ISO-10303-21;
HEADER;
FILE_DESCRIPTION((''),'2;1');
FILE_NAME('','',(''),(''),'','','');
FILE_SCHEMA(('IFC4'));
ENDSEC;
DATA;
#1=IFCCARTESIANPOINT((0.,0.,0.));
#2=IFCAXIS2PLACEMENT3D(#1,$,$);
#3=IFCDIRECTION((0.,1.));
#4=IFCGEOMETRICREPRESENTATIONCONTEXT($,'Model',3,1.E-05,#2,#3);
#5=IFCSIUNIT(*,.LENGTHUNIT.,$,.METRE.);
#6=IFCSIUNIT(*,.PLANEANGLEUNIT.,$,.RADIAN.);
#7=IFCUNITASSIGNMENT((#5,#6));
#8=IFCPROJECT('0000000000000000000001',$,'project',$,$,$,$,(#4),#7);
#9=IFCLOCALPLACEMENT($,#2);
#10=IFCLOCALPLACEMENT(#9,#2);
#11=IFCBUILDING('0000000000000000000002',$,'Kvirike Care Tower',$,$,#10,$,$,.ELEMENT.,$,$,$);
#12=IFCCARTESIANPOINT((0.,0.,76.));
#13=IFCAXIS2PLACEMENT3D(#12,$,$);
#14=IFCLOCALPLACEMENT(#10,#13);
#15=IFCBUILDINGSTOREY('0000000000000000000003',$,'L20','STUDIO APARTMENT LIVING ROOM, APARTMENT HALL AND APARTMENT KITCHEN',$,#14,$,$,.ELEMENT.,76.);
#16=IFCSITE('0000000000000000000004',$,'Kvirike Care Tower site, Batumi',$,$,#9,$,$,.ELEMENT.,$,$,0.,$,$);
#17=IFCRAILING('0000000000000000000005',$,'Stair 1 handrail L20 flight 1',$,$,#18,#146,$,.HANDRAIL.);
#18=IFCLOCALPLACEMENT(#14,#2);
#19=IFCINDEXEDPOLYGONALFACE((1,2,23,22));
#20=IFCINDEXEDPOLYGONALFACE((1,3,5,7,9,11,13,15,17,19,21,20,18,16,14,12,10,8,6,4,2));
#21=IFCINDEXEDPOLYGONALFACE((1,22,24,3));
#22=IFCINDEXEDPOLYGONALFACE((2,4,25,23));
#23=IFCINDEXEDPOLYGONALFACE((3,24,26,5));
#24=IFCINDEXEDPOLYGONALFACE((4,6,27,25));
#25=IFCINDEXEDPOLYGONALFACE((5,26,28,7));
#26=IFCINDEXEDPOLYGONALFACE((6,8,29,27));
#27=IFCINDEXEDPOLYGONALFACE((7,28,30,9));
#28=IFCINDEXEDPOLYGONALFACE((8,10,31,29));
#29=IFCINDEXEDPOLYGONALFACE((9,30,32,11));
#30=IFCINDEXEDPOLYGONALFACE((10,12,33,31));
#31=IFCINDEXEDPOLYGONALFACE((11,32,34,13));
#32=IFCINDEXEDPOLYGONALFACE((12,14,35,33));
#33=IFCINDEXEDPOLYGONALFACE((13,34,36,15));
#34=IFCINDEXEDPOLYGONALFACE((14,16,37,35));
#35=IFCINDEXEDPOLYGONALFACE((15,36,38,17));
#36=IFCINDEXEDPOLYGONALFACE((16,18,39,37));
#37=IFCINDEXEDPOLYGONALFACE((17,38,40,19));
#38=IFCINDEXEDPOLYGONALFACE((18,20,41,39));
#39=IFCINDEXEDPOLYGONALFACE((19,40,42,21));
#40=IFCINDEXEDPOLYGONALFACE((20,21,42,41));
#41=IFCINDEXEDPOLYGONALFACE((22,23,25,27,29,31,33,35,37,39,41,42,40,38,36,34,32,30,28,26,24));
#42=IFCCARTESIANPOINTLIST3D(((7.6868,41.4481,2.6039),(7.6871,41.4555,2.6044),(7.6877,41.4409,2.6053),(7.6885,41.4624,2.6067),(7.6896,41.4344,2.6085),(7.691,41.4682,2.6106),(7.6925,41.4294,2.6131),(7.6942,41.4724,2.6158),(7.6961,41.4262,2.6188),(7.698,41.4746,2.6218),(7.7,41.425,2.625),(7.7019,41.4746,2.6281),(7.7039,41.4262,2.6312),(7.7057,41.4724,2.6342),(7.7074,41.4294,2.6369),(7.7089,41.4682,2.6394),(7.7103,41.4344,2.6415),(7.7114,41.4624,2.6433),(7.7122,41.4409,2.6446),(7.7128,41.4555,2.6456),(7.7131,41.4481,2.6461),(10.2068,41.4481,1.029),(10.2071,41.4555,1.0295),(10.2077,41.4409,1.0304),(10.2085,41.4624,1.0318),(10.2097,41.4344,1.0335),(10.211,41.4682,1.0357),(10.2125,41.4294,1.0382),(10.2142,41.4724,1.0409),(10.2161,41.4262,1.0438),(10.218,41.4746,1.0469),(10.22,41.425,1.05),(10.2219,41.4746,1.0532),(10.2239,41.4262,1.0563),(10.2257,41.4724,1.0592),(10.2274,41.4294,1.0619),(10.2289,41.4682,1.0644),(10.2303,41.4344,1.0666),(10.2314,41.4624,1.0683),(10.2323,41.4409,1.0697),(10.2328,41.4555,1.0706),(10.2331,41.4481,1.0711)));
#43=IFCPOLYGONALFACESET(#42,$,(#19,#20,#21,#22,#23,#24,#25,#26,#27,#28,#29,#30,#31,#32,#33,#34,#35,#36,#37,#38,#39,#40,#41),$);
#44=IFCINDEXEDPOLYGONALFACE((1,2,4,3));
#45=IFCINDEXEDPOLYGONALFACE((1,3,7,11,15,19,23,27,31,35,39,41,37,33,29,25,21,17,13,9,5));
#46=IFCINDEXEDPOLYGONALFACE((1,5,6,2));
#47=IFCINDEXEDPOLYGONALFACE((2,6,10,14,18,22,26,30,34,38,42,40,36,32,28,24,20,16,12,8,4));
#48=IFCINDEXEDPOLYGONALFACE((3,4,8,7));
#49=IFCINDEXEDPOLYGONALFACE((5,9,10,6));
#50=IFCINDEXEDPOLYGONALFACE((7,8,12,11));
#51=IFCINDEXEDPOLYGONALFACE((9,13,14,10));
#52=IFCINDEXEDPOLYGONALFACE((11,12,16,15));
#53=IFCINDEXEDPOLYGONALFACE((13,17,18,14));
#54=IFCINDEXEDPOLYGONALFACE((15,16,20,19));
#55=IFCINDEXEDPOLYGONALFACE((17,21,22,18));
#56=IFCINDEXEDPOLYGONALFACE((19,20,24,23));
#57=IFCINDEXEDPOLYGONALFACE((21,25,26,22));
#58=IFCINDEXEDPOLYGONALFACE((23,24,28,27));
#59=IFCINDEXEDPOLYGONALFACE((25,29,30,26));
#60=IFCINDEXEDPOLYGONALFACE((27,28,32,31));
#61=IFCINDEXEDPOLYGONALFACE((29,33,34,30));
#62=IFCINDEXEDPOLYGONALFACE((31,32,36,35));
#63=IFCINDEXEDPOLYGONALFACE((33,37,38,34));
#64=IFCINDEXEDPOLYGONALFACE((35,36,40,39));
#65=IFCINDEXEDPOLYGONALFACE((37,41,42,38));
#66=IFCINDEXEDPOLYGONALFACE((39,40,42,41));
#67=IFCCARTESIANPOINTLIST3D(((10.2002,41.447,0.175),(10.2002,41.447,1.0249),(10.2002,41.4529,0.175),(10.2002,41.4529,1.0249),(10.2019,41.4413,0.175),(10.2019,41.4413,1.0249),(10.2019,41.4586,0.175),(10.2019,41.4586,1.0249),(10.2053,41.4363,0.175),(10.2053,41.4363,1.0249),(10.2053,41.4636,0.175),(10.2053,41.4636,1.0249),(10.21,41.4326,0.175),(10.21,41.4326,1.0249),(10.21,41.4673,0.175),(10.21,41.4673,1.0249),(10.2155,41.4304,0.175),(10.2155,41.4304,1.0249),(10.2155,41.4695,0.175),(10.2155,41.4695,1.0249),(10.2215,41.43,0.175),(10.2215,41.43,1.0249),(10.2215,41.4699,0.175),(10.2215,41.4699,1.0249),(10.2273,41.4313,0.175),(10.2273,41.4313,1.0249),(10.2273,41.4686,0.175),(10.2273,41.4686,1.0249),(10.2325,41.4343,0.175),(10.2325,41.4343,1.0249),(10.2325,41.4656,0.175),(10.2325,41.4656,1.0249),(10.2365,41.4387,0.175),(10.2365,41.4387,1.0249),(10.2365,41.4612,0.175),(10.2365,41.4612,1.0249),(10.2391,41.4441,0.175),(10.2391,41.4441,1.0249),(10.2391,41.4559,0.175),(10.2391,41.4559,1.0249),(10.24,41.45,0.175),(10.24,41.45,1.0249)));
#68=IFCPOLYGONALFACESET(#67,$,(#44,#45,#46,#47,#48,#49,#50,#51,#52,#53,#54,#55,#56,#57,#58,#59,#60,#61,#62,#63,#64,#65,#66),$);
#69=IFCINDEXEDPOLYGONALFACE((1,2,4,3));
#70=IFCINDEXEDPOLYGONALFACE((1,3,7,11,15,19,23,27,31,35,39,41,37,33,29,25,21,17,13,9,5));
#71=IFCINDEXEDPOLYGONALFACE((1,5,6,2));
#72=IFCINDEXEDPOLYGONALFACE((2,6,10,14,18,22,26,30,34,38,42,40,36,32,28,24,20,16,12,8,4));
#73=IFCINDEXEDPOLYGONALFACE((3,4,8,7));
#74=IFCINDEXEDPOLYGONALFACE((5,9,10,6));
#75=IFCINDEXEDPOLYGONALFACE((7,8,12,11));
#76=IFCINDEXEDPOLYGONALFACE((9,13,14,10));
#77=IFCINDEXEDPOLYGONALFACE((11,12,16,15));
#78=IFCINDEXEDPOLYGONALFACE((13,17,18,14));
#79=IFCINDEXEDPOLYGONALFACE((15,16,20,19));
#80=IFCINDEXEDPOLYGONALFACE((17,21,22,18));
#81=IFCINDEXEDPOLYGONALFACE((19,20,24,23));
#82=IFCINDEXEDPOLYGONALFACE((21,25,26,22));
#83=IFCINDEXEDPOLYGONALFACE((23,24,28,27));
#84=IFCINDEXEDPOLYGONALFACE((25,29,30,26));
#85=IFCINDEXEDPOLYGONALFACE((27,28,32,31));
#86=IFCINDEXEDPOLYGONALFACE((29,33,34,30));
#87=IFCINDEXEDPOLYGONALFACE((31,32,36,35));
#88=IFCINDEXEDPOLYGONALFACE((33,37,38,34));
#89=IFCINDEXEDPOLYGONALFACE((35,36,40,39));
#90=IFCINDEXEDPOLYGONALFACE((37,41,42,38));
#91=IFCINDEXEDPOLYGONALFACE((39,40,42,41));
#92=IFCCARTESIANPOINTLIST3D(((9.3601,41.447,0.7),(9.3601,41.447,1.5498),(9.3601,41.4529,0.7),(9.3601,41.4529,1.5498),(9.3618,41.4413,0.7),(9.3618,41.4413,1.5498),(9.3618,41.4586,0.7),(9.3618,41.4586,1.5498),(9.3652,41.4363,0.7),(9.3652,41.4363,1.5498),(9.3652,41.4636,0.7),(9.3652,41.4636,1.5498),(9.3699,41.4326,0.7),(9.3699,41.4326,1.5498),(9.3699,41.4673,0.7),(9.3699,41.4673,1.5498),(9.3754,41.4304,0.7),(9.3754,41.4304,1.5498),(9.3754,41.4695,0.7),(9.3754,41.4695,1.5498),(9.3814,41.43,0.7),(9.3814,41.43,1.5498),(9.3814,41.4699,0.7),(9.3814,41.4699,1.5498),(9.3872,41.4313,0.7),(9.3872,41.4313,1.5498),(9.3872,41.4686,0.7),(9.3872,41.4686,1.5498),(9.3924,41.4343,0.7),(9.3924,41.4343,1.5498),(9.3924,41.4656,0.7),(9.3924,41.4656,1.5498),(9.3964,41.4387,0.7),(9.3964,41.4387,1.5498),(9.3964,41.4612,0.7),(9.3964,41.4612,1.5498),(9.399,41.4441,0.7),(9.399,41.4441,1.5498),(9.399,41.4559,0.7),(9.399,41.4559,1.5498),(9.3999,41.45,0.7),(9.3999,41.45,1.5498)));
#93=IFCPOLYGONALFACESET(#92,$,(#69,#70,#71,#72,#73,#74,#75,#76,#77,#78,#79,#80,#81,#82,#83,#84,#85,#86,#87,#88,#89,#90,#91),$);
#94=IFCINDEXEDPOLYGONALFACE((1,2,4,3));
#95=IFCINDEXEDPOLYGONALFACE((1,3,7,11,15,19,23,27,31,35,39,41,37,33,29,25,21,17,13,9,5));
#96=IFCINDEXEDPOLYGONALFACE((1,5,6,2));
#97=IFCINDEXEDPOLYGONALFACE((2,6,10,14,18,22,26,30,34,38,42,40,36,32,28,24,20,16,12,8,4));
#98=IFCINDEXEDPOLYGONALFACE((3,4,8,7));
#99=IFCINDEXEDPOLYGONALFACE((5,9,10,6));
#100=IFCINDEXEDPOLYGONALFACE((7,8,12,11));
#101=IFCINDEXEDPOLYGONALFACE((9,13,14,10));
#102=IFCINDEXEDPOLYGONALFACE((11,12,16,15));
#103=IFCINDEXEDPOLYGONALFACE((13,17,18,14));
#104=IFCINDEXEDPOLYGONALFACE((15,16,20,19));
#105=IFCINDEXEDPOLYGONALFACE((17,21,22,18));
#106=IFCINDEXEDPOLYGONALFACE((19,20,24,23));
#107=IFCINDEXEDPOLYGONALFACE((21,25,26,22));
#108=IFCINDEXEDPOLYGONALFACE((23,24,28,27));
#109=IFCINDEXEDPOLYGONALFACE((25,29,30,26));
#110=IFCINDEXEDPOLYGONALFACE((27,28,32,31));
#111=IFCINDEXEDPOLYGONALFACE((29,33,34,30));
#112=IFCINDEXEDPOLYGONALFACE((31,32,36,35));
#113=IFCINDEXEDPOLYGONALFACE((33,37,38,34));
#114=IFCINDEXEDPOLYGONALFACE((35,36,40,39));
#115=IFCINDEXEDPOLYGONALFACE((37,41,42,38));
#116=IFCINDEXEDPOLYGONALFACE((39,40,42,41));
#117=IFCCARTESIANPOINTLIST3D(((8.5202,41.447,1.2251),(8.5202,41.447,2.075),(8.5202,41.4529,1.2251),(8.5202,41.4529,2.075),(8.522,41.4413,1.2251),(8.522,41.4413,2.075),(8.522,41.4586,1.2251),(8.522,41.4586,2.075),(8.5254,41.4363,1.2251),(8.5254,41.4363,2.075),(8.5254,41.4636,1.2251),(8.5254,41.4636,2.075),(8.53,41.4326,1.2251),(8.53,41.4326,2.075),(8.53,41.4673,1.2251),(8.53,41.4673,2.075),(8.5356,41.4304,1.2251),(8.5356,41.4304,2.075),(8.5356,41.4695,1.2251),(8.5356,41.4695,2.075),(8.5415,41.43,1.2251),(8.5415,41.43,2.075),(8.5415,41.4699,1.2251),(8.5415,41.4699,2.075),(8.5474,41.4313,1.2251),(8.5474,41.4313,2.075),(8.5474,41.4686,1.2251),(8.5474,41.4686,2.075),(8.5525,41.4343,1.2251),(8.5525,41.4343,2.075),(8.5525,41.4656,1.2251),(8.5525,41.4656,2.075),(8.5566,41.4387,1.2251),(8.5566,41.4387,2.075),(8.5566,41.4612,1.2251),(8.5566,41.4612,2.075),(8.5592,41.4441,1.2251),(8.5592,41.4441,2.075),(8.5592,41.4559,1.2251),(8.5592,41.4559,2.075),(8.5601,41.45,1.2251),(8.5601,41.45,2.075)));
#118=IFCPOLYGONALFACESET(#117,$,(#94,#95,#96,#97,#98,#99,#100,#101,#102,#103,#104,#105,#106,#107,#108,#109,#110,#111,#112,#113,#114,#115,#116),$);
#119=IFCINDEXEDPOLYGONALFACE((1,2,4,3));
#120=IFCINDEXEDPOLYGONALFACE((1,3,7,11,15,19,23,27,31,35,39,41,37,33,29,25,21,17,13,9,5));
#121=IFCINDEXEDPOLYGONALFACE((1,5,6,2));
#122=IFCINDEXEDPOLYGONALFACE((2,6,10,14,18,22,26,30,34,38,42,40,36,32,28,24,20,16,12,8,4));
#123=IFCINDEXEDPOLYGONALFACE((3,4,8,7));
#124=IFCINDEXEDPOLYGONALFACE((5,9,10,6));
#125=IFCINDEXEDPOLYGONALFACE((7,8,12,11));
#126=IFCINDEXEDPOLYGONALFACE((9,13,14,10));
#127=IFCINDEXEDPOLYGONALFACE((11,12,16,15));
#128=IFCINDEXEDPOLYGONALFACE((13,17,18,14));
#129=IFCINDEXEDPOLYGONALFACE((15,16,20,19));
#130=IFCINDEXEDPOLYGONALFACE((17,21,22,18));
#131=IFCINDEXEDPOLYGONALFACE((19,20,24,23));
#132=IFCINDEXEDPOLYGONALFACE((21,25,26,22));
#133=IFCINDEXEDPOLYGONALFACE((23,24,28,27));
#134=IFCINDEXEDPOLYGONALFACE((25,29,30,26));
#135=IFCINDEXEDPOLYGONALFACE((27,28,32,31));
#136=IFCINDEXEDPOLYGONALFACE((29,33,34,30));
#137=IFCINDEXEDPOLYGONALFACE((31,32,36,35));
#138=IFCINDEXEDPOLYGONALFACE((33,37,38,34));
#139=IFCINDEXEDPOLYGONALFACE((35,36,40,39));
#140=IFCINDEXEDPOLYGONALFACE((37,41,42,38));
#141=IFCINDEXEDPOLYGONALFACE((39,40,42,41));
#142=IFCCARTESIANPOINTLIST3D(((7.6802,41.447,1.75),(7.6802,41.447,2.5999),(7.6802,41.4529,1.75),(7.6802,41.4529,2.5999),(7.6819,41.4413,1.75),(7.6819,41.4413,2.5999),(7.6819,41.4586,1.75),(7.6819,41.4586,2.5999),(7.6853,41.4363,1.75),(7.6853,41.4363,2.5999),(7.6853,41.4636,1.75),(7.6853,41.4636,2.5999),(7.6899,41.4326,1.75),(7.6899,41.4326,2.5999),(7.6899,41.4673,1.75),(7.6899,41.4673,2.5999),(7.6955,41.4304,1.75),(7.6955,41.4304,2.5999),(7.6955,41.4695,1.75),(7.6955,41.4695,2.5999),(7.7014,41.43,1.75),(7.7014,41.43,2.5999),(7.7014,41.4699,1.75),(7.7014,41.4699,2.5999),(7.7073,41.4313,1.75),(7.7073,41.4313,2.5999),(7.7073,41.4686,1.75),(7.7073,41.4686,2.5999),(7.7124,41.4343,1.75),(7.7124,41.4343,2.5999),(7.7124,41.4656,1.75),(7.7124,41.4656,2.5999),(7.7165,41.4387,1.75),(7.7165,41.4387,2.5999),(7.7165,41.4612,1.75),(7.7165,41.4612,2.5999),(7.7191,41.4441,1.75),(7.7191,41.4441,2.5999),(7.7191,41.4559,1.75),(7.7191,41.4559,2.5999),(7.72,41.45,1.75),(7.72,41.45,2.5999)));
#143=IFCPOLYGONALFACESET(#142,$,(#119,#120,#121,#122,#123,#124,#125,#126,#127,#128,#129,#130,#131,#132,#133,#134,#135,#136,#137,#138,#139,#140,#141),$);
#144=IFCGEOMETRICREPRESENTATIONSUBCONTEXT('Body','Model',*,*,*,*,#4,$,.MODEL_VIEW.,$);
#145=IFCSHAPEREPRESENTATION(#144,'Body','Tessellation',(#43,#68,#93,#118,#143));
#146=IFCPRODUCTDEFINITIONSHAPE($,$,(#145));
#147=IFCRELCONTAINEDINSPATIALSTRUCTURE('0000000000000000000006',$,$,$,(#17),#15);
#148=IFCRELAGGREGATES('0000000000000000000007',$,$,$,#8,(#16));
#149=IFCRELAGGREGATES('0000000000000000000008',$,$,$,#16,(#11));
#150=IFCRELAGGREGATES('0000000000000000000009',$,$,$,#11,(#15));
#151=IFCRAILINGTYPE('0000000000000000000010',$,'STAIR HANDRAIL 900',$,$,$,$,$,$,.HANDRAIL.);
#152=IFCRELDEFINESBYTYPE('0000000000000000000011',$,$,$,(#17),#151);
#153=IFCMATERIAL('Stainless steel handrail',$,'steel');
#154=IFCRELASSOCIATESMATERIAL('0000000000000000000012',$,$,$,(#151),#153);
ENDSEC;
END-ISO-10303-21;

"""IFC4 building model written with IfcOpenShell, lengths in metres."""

from ifc_helpers import new_model, si_unit, direction, frame, origin, origin_2d, place, context, subcontext, project, spatial, circle, extrude, material, type_object, element, save


model = new_model("IFC4")

# Units and contexts
model_context = context("Model", 3, precision=1e-05, world=origin(), true_north=direction((0.0, 1.0)))
body_context = subcontext(model_context, "Body", "Model", "MODEL_VIEW")
ifc_project = project(units=[si_unit("LENGTHUNIT", "METRE"), si_unit("PLANEANGLEUNIT", "RADIAN")], contexts=[model_context])

# Site, building, storey
site_placement = place(None, origin())
site = spatial("IfcSite", under=ifc_project, at=site_placement, Name="Kvirike Care Tower site, Batumi", CompositionType="ELEMENT", RefElevation=0.0)
building_placement = place(site_placement, origin())
building = spatial("IfcBuilding", under=site, at=building_placement, Name="Kvirike Care Tower", CompositionType="ELEMENT")
storey_placement = place(building_placement, frame((0.0, 0.0, 76.0)))
storey = spatial("IfcBuildingStorey", under=building, at=storey_placement, Name="L20", Description="STUDIO APARTMENT LIVING ROOM, APARTMENT HALL AND APARTMENT KITCHEN", CompositionType="ELEMENT", Elevation=76.0)

# Railing
ifc_material_1 = material(Name="Stainless steel handrail", Category="steel")
railing_type = type_object("IfcRailingType", Name="STAIR HANDRAIL 900", PredefinedType="HANDRAIL", material=ifc_material_1)
railing_1_placement = place(storey_placement, frame((10.22, 41.45, 0.175)))
element("IfcRailing", 1, at=railing_1_placement, inside=storey, type_object=railing_type, Name="Stair 1 handrail L20 flight 1", PredefinedType="HANDRAIL", context=body_context, shape_type="SweptSolid", body=[
    extrude(circle(Radius=0.0249, at=origin_2d()), frame((0.0, 0.0, 0.875), z_axis=(-0.848008, 0.0, 0.529984), x_axis=(0.0, -1.0, 0.0)), (0.0, 0.0, 1.0), 2.9717),
    extrude(circle(Radius=0.02, at=origin_2d()), origin(), (0.0, 0.0, 1.0), 0.8499),
    extrude(circle(Radius=0.02, at=origin_2d()), frame((-0.8401, 0.0, 0.5249)), (0.0, 0.0, 1.0), 0.8499),
    extrude(circle(Radius=0.02, at=origin_2d()), frame((-1.6799, 0.0, 1.05)), (0.0, 0.0, 1.0), 0.8499),
    extrude(circle(Radius=0.02, at=origin_2d()), frame((-2.52, 0.0, 1.575)), (0.0, 0.0, 1.0), 0.8499),
])

save(model, "model.ifc")
